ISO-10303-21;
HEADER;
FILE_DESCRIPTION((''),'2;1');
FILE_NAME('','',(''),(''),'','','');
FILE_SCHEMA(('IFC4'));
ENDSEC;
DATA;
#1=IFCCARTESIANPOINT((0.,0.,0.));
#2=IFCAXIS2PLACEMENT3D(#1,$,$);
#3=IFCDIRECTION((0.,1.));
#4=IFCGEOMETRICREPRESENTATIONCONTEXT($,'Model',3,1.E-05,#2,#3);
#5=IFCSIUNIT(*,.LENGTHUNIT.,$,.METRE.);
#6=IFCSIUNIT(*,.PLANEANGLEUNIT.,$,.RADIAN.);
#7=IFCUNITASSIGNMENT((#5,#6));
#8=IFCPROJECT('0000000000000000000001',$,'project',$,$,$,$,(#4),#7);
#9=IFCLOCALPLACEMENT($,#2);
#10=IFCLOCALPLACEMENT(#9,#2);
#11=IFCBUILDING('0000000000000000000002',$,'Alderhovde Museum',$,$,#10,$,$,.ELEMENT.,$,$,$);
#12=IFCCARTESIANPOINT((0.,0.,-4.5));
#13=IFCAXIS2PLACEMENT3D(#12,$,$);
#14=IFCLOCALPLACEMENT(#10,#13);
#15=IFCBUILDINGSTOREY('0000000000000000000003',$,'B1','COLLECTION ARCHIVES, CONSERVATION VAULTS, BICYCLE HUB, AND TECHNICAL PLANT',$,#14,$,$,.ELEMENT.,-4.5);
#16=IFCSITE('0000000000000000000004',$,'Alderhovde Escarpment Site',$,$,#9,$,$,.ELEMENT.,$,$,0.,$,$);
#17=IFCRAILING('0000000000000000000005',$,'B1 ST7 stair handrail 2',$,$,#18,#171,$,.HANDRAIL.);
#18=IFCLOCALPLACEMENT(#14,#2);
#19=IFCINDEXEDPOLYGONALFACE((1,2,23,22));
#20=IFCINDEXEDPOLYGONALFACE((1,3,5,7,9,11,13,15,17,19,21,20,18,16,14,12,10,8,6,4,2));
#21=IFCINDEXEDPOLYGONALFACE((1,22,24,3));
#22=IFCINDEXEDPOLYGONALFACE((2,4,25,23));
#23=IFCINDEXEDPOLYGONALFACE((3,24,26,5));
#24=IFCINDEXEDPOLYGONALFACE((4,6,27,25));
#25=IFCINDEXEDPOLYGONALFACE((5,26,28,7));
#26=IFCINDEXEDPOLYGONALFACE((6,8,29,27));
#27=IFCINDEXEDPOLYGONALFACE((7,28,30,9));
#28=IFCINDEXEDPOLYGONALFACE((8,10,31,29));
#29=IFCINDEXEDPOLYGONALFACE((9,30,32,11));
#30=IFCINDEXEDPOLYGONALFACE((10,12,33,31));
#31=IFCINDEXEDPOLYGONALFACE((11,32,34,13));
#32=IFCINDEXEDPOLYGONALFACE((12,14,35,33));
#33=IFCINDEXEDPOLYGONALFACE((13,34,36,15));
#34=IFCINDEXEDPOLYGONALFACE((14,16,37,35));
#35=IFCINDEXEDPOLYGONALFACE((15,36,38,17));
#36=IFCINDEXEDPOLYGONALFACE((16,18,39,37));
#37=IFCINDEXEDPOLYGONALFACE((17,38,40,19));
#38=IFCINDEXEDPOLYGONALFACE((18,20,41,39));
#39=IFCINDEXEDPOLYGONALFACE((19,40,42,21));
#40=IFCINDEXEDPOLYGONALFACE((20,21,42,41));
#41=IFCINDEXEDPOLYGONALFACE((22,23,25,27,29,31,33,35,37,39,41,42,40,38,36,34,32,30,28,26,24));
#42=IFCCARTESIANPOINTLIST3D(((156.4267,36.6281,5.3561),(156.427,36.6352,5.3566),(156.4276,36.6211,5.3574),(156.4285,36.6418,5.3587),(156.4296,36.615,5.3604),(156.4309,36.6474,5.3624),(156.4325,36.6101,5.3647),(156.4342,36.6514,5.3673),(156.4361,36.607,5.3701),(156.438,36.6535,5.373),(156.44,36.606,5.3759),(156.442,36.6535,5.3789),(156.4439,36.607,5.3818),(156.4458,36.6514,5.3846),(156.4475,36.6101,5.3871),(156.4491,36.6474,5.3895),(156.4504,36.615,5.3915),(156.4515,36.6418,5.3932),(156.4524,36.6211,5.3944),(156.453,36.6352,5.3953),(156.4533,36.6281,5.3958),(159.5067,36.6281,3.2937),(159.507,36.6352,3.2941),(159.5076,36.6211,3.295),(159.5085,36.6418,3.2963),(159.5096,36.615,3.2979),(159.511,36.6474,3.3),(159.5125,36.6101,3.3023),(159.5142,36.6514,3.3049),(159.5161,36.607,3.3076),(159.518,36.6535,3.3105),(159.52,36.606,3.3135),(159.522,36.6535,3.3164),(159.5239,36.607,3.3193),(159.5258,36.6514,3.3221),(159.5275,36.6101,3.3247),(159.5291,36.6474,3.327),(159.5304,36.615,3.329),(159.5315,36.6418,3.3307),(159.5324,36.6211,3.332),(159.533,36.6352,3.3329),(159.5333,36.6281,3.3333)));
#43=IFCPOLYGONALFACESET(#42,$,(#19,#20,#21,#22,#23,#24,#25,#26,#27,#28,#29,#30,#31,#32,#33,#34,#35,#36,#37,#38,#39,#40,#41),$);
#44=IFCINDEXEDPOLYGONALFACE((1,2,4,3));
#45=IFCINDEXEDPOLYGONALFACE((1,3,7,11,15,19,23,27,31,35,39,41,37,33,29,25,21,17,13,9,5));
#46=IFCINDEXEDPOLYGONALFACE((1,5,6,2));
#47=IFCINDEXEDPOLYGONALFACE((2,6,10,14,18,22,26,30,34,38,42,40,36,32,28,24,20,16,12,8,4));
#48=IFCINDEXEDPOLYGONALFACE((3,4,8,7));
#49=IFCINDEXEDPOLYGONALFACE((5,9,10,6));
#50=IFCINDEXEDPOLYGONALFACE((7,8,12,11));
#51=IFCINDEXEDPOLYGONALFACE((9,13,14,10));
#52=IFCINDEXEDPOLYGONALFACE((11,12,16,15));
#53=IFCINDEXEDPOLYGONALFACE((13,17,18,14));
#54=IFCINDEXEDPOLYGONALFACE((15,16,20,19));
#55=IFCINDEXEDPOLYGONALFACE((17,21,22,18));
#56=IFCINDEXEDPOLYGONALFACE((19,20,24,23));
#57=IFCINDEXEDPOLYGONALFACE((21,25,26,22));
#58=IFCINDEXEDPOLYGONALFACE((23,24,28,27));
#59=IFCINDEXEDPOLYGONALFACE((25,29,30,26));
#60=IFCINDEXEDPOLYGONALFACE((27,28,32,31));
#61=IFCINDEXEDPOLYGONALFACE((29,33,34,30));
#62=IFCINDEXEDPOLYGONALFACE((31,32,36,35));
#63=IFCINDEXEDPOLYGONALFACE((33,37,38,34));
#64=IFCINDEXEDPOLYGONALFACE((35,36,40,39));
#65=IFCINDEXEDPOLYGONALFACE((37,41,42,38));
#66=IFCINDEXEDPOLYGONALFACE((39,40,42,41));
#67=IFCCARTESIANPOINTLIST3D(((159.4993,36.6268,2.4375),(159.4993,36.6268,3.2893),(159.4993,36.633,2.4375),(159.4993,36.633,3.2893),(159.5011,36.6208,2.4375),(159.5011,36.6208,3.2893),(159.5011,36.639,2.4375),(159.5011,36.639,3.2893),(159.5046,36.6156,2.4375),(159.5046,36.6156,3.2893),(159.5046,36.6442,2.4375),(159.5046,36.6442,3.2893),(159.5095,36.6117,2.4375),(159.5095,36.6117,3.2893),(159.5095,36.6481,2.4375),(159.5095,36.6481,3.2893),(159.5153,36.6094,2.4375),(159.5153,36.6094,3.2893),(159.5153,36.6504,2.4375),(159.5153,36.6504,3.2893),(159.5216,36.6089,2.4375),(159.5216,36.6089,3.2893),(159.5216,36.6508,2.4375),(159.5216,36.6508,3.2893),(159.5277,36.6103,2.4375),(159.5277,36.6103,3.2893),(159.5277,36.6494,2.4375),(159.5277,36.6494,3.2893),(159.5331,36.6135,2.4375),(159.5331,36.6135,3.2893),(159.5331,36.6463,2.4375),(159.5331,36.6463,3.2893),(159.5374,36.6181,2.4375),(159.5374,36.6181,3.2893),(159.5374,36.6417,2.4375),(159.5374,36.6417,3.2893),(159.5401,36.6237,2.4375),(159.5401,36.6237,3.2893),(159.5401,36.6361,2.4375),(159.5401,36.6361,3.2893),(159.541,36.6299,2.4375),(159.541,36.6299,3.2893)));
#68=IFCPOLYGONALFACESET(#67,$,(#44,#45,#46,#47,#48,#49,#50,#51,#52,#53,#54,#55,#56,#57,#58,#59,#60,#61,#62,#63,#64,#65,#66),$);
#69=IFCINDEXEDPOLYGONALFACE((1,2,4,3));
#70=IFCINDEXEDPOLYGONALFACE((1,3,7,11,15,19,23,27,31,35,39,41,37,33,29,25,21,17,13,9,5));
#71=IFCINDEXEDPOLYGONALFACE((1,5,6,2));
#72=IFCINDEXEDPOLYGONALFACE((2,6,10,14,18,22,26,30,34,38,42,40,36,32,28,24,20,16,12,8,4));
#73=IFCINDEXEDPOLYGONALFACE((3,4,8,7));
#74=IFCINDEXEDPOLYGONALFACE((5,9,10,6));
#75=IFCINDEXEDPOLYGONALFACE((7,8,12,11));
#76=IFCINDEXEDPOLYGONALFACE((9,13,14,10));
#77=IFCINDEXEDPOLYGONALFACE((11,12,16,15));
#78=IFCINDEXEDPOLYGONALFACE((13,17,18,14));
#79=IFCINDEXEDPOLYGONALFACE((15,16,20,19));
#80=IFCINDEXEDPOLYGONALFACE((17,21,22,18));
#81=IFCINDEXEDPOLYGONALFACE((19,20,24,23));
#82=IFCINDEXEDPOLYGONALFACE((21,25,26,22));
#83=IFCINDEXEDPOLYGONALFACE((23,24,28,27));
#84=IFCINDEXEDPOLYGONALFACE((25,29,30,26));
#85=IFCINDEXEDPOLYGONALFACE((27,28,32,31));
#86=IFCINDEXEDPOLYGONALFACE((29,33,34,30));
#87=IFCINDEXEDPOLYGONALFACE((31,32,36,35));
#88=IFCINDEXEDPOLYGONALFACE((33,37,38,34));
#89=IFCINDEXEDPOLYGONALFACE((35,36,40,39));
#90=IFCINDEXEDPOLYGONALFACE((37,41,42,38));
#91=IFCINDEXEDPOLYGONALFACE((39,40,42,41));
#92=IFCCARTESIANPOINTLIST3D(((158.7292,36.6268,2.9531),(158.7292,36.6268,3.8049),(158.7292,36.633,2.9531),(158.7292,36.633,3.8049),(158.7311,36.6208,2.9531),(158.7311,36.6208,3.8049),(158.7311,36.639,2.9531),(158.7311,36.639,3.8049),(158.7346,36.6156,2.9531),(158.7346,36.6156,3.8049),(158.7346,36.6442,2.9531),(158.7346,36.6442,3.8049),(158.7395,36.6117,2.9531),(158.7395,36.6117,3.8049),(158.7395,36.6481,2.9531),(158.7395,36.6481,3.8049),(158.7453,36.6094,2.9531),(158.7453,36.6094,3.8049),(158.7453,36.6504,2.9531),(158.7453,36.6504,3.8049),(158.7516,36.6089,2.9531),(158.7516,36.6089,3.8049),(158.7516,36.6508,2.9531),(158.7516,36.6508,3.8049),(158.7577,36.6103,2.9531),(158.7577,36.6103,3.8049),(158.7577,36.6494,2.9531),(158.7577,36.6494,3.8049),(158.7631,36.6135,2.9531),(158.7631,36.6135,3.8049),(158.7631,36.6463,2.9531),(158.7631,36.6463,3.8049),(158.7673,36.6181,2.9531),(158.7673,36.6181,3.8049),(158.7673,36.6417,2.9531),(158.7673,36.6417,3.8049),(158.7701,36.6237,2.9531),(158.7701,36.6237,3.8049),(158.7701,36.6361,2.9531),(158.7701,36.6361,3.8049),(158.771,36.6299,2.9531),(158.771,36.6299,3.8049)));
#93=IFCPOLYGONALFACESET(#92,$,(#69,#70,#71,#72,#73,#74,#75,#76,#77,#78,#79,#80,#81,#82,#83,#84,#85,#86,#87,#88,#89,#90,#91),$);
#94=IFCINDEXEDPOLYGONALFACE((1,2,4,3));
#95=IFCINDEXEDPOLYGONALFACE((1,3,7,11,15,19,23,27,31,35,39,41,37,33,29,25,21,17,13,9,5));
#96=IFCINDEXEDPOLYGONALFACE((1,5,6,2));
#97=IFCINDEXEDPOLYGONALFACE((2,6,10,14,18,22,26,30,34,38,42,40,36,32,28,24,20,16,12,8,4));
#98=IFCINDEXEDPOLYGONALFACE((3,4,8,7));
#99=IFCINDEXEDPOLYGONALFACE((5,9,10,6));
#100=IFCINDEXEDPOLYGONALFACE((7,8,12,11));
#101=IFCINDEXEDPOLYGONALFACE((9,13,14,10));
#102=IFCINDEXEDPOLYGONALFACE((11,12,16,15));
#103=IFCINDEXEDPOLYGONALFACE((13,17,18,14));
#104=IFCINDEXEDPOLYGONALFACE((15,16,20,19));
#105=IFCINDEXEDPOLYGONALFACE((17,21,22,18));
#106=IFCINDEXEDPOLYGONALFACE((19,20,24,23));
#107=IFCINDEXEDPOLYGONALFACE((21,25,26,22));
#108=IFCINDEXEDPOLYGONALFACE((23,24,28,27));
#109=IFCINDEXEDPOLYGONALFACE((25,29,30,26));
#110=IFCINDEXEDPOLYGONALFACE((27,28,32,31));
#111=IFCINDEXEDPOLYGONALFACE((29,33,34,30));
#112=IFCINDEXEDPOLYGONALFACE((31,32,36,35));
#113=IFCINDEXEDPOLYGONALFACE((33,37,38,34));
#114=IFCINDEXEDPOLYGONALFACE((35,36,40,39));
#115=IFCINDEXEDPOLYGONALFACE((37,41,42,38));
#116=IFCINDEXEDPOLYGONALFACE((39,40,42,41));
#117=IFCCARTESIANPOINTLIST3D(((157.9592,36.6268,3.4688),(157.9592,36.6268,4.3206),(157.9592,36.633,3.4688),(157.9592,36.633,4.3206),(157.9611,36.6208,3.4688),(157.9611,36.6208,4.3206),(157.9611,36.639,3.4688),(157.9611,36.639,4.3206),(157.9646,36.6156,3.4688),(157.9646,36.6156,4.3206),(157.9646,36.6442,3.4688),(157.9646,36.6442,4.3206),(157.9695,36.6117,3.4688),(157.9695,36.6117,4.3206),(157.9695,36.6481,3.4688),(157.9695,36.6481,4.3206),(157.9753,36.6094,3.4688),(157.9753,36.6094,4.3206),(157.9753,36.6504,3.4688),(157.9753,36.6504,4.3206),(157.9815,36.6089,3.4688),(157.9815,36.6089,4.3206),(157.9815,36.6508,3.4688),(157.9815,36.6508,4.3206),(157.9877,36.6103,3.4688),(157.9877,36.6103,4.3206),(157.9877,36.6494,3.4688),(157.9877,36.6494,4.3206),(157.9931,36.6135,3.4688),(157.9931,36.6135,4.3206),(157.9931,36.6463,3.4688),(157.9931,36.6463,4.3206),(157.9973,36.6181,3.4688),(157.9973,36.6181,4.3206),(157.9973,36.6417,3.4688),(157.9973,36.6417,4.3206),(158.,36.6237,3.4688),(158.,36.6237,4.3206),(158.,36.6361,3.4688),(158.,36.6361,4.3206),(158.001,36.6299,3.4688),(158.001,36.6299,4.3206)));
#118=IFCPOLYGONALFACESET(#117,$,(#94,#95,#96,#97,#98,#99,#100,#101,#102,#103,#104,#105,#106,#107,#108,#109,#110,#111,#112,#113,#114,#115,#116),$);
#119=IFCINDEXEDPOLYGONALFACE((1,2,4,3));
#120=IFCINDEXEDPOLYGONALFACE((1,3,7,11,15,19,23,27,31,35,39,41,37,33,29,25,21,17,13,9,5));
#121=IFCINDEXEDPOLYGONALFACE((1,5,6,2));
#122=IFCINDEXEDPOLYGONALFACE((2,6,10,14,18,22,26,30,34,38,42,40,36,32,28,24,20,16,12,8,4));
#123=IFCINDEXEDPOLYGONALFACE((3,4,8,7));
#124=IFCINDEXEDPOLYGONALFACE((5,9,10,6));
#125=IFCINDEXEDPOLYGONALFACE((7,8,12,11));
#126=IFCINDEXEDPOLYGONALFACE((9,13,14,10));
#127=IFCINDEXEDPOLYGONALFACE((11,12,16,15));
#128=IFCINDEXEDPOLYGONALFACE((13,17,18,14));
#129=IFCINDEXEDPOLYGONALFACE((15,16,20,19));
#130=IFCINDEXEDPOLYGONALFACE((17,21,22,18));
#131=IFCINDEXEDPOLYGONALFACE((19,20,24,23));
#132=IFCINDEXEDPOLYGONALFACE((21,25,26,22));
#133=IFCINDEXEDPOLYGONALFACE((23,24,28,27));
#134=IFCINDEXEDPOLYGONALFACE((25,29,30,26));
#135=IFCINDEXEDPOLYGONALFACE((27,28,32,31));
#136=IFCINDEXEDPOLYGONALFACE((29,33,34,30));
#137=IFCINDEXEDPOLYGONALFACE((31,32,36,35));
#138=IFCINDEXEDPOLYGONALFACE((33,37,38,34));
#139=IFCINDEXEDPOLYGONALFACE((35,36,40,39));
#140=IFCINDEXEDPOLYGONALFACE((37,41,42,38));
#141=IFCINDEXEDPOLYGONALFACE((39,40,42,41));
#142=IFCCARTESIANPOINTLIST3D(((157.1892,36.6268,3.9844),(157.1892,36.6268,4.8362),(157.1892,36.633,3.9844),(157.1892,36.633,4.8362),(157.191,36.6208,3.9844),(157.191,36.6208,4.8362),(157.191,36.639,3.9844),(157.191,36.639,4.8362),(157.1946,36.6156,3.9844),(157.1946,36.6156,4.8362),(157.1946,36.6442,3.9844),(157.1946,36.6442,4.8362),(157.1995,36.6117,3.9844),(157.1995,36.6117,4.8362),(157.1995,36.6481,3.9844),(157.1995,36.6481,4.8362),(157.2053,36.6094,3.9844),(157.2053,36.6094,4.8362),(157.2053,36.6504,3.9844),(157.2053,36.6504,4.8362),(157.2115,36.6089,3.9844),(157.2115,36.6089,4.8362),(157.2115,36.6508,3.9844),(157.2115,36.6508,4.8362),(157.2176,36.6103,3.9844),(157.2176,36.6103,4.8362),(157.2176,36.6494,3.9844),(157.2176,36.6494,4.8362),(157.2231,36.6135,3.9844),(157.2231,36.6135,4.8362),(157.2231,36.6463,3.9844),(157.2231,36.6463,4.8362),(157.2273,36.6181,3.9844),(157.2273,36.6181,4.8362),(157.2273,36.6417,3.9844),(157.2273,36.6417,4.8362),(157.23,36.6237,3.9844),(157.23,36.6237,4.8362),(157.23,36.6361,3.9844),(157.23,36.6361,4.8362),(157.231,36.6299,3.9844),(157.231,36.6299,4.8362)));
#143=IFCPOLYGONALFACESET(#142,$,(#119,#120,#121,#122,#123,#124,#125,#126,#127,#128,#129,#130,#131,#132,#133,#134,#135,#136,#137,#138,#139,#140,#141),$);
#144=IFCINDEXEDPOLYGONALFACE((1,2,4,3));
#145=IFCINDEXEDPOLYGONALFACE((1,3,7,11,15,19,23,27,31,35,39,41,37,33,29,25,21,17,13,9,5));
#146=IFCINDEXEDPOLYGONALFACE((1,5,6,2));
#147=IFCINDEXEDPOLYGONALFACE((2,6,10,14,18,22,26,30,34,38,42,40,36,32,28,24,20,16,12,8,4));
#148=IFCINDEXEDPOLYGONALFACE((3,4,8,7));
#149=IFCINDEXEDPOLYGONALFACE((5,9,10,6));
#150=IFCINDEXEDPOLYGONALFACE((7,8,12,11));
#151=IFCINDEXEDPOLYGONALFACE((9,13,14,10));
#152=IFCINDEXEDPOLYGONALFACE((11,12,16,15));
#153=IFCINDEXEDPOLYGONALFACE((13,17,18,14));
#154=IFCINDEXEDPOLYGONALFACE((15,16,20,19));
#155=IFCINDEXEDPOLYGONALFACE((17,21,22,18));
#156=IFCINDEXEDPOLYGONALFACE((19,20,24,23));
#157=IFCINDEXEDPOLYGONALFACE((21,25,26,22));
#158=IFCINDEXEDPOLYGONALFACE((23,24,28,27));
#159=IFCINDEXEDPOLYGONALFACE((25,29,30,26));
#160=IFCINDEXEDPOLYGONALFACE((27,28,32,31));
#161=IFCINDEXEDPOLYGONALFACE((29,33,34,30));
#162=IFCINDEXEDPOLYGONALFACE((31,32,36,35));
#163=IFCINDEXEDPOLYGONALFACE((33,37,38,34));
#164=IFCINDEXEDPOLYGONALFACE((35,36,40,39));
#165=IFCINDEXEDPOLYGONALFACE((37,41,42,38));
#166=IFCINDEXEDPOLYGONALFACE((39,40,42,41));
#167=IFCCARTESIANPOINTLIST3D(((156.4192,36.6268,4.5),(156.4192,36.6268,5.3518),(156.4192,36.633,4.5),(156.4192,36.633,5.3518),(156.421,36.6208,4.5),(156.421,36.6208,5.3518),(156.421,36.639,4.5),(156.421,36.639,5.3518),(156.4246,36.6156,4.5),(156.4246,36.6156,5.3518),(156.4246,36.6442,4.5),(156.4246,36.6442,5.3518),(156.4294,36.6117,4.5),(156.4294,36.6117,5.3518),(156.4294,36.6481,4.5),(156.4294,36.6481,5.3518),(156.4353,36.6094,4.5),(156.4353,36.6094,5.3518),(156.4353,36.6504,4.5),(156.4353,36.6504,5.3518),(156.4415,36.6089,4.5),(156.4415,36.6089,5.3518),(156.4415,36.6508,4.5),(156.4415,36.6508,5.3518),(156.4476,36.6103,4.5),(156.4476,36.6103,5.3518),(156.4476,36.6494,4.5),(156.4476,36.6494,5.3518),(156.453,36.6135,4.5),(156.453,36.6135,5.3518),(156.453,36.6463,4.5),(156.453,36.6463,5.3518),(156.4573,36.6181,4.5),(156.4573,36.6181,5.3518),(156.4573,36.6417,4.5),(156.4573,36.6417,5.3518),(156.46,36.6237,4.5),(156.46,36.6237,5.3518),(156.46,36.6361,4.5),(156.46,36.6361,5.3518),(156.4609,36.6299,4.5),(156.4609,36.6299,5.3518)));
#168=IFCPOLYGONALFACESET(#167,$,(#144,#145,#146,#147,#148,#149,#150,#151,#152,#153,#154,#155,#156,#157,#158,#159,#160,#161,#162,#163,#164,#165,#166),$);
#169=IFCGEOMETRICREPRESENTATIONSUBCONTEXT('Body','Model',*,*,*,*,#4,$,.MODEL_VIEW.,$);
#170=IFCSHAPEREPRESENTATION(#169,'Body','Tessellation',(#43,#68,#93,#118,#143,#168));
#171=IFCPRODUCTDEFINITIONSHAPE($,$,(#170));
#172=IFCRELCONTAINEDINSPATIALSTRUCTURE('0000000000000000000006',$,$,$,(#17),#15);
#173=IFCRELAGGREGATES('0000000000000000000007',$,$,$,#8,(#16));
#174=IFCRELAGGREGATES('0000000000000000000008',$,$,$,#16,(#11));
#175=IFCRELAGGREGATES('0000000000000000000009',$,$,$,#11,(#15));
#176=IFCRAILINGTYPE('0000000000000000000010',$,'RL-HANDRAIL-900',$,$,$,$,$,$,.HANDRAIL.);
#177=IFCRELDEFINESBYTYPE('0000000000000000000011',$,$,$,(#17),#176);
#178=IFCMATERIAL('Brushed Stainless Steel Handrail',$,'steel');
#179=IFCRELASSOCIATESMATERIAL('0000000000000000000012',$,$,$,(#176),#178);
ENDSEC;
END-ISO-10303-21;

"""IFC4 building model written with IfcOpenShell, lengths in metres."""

from ifc_helpers import new_model, si_unit, direction, frame, origin, origin_2d, place, context, subcontext, project, spatial, circle, extrude, material, type_object, element, save


model = new_model("IFC4")

# Units and contexts
model_context = context("Model", 3, precision=1e-05, world=origin(), true_north=direction((0.0, 1.0)))
body_context = subcontext(model_context, "Body", "Model", "MODEL_VIEW")
ifc_project = project(units=[si_unit("LENGTHUNIT", "METRE"), si_unit("PLANEANGLEUNIT", "RADIAN")], contexts=[model_context])

# Site, building, storey
site_placement = place(None, origin())
site = spatial("IfcSite", under=ifc_project, at=site_placement, Name="Alderhovde Escarpment Site", CompositionType="ELEMENT", RefElevation=0.0)
building_placement = place(site_placement, origin())
building = spatial("IfcBuilding", under=site, at=building_placement, Name="Alderhovde Museum", CompositionType="ELEMENT")
storey_placement = place(building_placement, frame((0.0, 0.0, -4.5)))
storey = spatial("IfcBuildingStorey", under=building, at=storey_placement, Name="B1", Description="COLLECTION ARCHIVES, CONSERVATION VAULTS, BICYCLE HUB, AND TECHNICAL PLANT", CompositionType="ELEMENT", Elevation=-4.5)

# Railing
ifc_material_1 = material(Name="Brushed Stainless Steel Handrail", Category="steel")
railing_type_1 = type_object("IfcRailingType", Name="RL-HANDRAIL-900", PredefinedType="HANDRAIL", material=ifc_material_1)
railing_1_placement = place(storey_placement, frame((159.52, 36.6299, 2.4375)))
element("IfcRailing", 1, at=railing_1_placement, inside=storey, type_object=railing_type_1, Name="B1 ST7 stair handrail 2", PredefinedType="HANDRAIL", context=body_context, shape_type="SweptSolid", body=[
    extrude(circle(Radius=0.0239, at=origin_2d()), frame((0.0, 0.0, 0.876), z_axis=(-0.830914, 0.0, 0.556401), x_axis=(0.0, -1.0, 0.0)), (0.0, 0.0, 1.0), 3.7068),
    extrude(circle(Radius=0.021, at=origin_2d()), origin(), (0.0, 0.0, 1.0), 0.8518),
    extrude(circle(Radius=0.021, at=origin_2d()), frame((-0.77, 0.0, 0.5156)), (0.0, 0.0, 1.0), 0.8518),
    extrude(circle(Radius=0.021, at=origin_2d()), frame((-1.54, 0.0, 1.0312)), (0.0, 0.0, 1.0), 0.8518),
    extrude(circle(Radius=0.021, at=origin_2d()), frame((-2.3101, 0.0, 1.5469)), (0.0, 0.0, 1.0), 0.8518),
    extrude(circle(Radius=0.021, at=origin_2d()), frame((-3.0801, 0.0, 2.0625)), (0.0, 0.0, 1.0), 0.8518),
])

save(model, "model.ifc")
